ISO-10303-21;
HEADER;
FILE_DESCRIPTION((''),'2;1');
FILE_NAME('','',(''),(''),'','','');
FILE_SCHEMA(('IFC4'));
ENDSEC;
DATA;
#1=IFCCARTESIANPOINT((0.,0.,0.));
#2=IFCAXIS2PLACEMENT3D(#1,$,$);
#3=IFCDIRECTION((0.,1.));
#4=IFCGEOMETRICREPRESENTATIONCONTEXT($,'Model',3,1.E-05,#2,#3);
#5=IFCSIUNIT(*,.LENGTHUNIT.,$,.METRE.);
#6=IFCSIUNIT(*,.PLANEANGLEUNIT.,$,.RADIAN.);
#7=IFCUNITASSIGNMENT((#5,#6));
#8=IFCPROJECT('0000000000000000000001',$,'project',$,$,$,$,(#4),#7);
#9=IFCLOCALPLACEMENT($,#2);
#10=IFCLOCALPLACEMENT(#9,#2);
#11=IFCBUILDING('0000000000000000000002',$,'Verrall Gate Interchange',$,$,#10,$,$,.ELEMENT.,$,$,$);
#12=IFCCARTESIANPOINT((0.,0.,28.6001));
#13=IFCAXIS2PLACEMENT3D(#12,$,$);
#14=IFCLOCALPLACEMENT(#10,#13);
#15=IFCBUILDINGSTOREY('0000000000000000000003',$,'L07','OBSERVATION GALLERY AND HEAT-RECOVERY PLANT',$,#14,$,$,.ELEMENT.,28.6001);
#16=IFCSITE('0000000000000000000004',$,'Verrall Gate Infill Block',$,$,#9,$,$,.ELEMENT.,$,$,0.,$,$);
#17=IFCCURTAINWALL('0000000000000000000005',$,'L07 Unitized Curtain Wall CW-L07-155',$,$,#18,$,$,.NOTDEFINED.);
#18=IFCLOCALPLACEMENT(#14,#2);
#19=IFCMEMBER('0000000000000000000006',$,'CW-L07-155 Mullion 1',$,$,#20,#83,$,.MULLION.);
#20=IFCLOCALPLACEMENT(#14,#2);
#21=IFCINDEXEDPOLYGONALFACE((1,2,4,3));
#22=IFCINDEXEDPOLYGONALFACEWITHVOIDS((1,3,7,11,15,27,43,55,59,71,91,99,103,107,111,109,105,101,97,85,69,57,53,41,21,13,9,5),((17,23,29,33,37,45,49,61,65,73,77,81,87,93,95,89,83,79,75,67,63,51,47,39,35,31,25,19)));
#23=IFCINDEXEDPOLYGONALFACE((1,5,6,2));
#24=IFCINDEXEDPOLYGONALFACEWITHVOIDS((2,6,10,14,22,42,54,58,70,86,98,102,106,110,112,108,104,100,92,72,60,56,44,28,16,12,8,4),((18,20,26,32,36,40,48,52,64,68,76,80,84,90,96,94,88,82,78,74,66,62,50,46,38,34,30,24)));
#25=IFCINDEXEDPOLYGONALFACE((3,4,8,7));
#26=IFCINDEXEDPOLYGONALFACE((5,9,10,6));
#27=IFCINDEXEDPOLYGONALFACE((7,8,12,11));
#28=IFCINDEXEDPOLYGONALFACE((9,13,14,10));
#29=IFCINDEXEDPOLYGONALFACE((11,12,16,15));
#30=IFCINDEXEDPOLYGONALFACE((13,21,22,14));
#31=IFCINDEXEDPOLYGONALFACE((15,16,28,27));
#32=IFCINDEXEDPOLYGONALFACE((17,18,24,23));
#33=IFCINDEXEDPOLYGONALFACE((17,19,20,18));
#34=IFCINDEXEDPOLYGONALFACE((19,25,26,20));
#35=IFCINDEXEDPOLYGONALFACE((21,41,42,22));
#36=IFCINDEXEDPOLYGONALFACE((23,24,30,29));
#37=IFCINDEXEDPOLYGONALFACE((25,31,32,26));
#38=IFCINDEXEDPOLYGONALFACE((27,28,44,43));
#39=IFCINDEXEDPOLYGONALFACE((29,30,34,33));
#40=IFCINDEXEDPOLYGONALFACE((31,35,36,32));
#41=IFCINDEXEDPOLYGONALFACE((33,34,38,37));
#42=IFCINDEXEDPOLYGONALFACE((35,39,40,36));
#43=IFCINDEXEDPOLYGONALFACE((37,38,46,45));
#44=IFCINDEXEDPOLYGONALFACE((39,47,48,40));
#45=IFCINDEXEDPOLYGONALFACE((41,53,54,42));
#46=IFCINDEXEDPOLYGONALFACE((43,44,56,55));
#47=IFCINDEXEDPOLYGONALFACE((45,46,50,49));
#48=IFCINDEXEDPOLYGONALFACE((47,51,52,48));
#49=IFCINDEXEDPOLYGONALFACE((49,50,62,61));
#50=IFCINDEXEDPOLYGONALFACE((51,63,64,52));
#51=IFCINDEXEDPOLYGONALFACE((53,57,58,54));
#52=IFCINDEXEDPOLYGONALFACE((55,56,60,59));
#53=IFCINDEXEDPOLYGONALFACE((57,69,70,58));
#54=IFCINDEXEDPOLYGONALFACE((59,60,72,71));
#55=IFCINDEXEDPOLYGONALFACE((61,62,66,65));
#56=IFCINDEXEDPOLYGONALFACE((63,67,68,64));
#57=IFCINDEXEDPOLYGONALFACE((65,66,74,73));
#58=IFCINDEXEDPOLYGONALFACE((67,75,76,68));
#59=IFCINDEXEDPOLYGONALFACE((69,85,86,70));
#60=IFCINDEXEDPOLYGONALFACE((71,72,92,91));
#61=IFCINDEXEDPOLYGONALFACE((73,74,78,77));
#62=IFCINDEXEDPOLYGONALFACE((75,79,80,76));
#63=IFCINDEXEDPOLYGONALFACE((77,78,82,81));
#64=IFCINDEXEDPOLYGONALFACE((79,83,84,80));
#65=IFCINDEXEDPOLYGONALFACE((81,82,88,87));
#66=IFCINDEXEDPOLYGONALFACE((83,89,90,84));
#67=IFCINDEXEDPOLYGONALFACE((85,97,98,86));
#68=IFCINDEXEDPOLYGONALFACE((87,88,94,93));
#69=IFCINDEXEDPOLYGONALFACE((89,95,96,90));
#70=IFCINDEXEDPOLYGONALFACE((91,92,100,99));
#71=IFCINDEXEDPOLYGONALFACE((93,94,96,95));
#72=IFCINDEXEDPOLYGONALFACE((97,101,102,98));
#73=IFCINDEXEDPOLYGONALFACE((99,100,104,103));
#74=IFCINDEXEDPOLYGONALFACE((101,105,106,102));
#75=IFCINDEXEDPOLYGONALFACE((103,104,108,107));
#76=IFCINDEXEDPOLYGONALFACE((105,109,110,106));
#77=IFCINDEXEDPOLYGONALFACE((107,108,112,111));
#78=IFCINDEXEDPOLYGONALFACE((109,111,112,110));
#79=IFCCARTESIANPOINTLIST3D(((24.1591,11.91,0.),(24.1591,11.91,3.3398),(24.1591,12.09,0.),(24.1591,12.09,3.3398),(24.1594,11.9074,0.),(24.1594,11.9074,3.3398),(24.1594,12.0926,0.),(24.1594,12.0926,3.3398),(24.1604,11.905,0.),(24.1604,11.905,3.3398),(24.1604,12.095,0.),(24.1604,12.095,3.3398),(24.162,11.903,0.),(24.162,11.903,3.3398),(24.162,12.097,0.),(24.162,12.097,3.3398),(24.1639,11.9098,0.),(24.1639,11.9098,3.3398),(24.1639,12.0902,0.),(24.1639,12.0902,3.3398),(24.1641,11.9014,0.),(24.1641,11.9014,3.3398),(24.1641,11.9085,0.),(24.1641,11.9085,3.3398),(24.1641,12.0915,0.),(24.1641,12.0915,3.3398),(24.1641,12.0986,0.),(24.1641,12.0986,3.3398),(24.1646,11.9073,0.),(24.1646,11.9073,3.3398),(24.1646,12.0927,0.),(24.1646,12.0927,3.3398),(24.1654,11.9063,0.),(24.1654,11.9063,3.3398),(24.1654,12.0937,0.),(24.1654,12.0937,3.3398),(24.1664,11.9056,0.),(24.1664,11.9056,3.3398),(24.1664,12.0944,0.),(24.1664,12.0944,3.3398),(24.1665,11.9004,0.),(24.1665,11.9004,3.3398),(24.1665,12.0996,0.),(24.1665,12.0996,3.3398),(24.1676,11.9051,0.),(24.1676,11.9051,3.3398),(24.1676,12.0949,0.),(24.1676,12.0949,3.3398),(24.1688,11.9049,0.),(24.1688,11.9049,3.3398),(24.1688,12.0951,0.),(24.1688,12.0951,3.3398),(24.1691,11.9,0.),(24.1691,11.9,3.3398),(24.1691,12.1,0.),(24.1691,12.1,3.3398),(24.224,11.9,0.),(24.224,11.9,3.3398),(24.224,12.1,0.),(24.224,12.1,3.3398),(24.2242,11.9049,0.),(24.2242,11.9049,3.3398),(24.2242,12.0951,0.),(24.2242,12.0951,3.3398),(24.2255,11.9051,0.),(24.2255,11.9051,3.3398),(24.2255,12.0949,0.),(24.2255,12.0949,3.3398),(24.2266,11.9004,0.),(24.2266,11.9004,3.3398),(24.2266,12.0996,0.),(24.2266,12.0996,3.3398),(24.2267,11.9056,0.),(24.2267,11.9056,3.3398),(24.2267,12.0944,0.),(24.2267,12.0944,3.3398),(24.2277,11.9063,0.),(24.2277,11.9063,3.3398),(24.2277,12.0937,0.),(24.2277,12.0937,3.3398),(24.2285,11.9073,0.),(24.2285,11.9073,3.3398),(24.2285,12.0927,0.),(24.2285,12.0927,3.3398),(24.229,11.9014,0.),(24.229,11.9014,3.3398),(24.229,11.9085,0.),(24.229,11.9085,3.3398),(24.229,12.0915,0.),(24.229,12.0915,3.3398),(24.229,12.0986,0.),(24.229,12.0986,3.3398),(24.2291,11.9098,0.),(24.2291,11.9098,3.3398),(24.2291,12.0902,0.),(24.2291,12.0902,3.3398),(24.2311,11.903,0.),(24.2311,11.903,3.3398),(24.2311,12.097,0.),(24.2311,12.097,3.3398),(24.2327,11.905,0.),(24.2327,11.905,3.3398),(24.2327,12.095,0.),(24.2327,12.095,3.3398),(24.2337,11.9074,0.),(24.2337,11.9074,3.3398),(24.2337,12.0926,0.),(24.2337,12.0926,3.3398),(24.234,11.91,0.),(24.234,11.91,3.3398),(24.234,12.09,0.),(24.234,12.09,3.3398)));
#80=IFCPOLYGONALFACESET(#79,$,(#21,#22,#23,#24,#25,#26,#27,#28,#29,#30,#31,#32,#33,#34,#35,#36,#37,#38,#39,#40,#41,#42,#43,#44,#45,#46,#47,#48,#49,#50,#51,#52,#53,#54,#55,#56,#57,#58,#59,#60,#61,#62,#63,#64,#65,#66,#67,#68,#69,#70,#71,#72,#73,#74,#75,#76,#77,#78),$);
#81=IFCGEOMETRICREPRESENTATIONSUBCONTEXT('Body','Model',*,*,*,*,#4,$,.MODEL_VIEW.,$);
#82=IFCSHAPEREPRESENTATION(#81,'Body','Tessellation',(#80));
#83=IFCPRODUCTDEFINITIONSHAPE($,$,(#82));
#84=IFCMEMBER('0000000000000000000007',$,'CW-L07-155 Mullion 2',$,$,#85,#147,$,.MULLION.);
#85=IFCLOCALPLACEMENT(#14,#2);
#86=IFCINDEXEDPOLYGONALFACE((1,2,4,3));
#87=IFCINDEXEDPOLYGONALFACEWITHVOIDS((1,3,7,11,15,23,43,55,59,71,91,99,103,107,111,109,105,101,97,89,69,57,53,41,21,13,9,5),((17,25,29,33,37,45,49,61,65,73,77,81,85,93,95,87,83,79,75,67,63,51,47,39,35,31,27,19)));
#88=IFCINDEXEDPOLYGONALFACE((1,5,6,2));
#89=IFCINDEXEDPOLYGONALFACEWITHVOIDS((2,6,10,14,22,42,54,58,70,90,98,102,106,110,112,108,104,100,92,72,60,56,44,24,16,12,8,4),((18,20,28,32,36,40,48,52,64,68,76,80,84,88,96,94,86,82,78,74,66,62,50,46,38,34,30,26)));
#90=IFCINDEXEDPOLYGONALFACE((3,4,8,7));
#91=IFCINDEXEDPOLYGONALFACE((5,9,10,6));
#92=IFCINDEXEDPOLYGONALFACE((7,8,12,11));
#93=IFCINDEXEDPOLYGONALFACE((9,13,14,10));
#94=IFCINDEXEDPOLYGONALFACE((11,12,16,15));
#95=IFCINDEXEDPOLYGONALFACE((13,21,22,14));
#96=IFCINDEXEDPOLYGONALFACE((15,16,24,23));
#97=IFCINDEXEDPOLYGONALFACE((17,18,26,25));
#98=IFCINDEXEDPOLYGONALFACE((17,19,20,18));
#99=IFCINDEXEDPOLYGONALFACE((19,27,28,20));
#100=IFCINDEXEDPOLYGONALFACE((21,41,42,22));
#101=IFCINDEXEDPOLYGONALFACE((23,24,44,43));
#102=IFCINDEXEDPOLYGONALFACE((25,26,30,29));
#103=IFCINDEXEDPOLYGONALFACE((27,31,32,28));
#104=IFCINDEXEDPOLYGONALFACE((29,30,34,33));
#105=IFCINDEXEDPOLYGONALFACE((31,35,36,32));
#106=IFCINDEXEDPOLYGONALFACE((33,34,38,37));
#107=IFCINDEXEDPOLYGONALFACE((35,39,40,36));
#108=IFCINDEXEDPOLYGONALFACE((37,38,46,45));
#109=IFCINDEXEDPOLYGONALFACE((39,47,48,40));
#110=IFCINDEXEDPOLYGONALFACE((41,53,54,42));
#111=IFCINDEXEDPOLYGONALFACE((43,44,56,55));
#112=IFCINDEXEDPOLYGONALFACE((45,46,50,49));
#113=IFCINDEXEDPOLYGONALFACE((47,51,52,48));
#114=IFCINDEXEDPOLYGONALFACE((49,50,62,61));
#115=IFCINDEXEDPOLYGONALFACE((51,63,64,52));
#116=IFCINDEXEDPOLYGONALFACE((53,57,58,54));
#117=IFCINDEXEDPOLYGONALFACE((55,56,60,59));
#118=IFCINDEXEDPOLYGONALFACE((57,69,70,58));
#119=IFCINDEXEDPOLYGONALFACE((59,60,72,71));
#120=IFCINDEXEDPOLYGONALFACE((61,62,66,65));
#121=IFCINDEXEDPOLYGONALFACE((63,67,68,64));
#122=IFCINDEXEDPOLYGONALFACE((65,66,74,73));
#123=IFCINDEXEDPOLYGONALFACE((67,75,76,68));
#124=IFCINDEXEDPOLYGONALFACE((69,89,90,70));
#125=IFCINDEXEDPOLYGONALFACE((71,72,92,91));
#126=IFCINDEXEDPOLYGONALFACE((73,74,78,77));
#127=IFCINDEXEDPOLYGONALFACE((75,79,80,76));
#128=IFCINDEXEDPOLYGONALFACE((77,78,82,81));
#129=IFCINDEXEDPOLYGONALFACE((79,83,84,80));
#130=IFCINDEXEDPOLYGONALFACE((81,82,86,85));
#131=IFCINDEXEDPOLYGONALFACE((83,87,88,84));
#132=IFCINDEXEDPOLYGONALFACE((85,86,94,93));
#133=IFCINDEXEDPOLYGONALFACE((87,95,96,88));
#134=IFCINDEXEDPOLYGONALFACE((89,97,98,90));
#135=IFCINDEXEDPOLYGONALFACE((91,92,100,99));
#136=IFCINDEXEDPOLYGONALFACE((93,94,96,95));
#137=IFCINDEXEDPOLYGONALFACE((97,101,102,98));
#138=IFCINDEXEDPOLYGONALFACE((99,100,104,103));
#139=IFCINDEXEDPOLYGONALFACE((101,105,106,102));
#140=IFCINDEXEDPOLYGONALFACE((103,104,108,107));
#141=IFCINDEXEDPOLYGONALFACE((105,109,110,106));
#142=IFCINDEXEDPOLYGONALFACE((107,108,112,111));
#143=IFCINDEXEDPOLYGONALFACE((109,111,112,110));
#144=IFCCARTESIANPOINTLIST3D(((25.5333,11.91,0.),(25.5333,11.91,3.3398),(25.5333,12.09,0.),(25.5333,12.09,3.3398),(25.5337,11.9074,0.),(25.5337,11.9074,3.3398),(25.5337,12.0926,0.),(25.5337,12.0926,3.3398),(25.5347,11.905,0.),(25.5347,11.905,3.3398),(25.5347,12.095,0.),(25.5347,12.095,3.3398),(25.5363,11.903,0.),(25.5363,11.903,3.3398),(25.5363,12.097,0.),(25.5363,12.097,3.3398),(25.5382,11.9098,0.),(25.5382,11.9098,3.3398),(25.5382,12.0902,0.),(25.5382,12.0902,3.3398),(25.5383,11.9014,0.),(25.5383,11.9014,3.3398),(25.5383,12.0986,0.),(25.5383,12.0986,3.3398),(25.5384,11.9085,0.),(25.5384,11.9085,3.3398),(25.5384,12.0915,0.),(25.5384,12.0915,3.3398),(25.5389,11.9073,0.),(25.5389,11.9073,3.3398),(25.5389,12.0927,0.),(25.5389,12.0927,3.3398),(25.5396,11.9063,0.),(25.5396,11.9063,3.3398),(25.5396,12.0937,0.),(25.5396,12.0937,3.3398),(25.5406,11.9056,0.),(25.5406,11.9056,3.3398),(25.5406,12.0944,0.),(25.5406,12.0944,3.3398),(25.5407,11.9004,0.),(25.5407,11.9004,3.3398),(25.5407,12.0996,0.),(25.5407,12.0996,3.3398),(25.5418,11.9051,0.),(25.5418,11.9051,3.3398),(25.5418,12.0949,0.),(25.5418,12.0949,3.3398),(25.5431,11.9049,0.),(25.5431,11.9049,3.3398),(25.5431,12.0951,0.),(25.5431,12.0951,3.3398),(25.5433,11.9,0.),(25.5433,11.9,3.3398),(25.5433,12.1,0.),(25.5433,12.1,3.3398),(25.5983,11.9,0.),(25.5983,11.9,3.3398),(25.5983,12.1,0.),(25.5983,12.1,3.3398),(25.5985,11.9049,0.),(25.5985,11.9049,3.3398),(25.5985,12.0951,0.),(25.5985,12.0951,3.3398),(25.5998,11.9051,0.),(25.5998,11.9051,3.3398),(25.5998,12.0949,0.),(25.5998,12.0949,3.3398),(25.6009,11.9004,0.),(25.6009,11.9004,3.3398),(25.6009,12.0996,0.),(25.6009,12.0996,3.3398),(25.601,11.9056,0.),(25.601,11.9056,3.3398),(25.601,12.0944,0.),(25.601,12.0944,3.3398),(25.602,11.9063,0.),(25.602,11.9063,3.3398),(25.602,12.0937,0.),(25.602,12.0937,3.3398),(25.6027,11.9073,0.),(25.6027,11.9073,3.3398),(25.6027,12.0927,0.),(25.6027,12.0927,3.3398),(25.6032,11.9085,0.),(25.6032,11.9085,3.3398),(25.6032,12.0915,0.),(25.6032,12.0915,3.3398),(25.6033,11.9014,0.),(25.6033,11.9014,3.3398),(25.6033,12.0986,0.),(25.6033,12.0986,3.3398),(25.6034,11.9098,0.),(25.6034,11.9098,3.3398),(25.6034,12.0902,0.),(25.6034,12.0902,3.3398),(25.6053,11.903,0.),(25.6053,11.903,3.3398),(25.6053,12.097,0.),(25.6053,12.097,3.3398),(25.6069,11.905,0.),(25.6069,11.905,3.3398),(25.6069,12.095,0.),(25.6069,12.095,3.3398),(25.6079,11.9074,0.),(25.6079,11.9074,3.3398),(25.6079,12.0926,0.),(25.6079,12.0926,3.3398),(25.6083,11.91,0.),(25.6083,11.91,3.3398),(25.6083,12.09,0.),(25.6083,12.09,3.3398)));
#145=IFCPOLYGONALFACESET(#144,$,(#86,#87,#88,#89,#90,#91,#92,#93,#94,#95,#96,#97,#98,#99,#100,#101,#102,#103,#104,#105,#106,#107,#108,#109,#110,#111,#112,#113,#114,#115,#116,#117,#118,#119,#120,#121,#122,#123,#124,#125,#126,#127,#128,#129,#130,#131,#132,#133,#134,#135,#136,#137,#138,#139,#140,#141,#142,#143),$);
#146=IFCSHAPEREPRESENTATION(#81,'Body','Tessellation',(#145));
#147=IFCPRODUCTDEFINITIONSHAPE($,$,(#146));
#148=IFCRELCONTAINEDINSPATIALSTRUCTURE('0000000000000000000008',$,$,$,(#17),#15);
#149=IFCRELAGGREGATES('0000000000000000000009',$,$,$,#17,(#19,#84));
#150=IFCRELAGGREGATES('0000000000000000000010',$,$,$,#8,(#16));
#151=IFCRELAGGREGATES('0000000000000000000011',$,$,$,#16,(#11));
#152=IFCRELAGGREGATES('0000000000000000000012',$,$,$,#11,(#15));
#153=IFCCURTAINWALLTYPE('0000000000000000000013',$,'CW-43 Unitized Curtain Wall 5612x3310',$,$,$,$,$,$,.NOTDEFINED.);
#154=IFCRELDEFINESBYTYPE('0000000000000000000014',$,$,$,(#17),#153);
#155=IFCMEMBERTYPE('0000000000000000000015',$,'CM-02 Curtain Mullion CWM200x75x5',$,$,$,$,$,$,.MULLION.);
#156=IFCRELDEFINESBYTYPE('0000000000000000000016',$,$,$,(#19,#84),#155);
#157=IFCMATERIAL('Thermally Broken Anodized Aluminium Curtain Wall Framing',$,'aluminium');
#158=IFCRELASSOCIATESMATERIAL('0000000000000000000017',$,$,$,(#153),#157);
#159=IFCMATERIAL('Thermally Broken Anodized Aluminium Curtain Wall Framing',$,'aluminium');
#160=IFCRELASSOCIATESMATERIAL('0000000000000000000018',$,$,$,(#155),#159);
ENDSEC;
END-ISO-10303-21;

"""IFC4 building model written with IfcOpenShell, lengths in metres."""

from ifc_helpers import new_model, si_unit, direction, frame, origin, origin_2d, place, context, subcontext, project, spatial, hollow_rectangle, extrude, material, material_profile, profile_set, type_object, element, aggregate, save


model = new_model("IFC4")

# Units and contexts
model_context = context("Model", 3, precision=1e-05, world=origin(), true_north=direction((0.0, 1.0)))
body_context = subcontext(model_context, "Body", "Model", "MODEL_VIEW")
ifc_project = project(units=[si_unit("LENGTHUNIT", "METRE"), si_unit("PLANEANGLEUNIT", "RADIAN")], contexts=[model_context])

# Site, building, storey
site_placement = place(None, origin())
site = spatial("IfcSite", under=ifc_project, at=site_placement, Name="Verrall Gate Infill Block", CompositionType="ELEMENT", RefElevation=0.0)
building_placement = place(site_placement, origin())
building = spatial("IfcBuilding", under=site, at=building_placement, Name="Verrall Gate Interchange", CompositionType="ELEMENT")
storey_placement = place(building_placement, frame((0.0, 0.0, 28.6001)))
storey = spatial("IfcBuildingStorey", under=building, at=storey_placement, Name="L07", Description="OBSERVATION GALLERY AND HEAT-RECOVERY PLANT", CompositionType="ELEMENT", Elevation=28.6001)

# Curtain wall, members
ifc_material_1 = material(Name="Thermally Broken Anodized Aluminium Curtain Wall Framing", Category="aluminium")
curtain_wall_type = type_object("IfcCurtainWallType", Name="CW-43 Unitized Curtain Wall 5612x3310", PredefinedType="NOTDEFINED", material=ifc_material_1)
curtain_wall_1_placement = place(storey_placement, origin())
curtain_wall_1 = element("IfcCurtainWall", 1, at=curtain_wall_1_placement, inside=storey, type_object=curtain_wall_type, Name="L07 Unitized Curtain Wall CW-L07-155", PredefinedType="NOTDEFINED")
ifc_material_2 = material(Name="Thermally Broken Anodized Aluminium Curtain Wall Framing", Category="aluminium")
ifc_material_profile_1 = material_profile(ifc_material_2, hollow_rectangle(XDim=0.075, YDim=0.2, WallThickness=0.0049, InnerFilletRadius=0.0049, OuterFilletRadius=0.01, at=origin_2d()), Name="CWM200x75x5")
ifc_profile_set_1 = profile_set([ifc_material_profile_1], Name="Thermally Broken Anodized Aluminium Curtain Wall Framing")
member_type_1 = type_object("IfcMemberType", Name="CM-02 Curtain Mullion CWM200x75x5", PredefinedType="MULLION", material=ifc_profile_set_1)
member_1_placement = place(storey_placement, frame((24.1965, 12.0, 0.0), z_axis=(0.0, 0.0, 1.0), x_axis=(1.0, 0.0, 0.0)))
member_1 = element("IfcMember", 2, at=member_1_placement, type_object=member_type_1, Name="CW-L07-155 Mullion 1", PredefinedType="MULLION", context=body_context, shape_type="SweptSolid", body=[
    extrude(hollow_rectangle(XDim=0.075, YDim=0.2, WallThickness=0.0049, InnerFilletRadius=0.0049, OuterFilletRadius=0.01, at=origin_2d()), origin(), (0.0, 0.0, 1.0), 3.3398),
])
member_2_placement = place(storey_placement, frame((25.5708, 12.0, 0.0), z_axis=(0.0, 0.0, 1.0), x_axis=(1.0, 0.0, 0.0)))
member_2 = element("IfcMember", 3, at=member_2_placement, type_object=member_type_1, Name="CW-L07-155 Mullion 2", PredefinedType="MULLION", context=body_context, shape_type="SweptSolid", body=[
    extrude(hollow_rectangle(XDim=0.075, YDim=0.2, WallThickness=0.0049, InnerFilletRadius=0.0049, OuterFilletRadius=0.01, at=origin_2d()), origin(), (0.0, 0.0, 1.0), 3.3398),
])

aggregate(curtain_wall_1, [member_1, member_2])

save(model, "model.ifc")
